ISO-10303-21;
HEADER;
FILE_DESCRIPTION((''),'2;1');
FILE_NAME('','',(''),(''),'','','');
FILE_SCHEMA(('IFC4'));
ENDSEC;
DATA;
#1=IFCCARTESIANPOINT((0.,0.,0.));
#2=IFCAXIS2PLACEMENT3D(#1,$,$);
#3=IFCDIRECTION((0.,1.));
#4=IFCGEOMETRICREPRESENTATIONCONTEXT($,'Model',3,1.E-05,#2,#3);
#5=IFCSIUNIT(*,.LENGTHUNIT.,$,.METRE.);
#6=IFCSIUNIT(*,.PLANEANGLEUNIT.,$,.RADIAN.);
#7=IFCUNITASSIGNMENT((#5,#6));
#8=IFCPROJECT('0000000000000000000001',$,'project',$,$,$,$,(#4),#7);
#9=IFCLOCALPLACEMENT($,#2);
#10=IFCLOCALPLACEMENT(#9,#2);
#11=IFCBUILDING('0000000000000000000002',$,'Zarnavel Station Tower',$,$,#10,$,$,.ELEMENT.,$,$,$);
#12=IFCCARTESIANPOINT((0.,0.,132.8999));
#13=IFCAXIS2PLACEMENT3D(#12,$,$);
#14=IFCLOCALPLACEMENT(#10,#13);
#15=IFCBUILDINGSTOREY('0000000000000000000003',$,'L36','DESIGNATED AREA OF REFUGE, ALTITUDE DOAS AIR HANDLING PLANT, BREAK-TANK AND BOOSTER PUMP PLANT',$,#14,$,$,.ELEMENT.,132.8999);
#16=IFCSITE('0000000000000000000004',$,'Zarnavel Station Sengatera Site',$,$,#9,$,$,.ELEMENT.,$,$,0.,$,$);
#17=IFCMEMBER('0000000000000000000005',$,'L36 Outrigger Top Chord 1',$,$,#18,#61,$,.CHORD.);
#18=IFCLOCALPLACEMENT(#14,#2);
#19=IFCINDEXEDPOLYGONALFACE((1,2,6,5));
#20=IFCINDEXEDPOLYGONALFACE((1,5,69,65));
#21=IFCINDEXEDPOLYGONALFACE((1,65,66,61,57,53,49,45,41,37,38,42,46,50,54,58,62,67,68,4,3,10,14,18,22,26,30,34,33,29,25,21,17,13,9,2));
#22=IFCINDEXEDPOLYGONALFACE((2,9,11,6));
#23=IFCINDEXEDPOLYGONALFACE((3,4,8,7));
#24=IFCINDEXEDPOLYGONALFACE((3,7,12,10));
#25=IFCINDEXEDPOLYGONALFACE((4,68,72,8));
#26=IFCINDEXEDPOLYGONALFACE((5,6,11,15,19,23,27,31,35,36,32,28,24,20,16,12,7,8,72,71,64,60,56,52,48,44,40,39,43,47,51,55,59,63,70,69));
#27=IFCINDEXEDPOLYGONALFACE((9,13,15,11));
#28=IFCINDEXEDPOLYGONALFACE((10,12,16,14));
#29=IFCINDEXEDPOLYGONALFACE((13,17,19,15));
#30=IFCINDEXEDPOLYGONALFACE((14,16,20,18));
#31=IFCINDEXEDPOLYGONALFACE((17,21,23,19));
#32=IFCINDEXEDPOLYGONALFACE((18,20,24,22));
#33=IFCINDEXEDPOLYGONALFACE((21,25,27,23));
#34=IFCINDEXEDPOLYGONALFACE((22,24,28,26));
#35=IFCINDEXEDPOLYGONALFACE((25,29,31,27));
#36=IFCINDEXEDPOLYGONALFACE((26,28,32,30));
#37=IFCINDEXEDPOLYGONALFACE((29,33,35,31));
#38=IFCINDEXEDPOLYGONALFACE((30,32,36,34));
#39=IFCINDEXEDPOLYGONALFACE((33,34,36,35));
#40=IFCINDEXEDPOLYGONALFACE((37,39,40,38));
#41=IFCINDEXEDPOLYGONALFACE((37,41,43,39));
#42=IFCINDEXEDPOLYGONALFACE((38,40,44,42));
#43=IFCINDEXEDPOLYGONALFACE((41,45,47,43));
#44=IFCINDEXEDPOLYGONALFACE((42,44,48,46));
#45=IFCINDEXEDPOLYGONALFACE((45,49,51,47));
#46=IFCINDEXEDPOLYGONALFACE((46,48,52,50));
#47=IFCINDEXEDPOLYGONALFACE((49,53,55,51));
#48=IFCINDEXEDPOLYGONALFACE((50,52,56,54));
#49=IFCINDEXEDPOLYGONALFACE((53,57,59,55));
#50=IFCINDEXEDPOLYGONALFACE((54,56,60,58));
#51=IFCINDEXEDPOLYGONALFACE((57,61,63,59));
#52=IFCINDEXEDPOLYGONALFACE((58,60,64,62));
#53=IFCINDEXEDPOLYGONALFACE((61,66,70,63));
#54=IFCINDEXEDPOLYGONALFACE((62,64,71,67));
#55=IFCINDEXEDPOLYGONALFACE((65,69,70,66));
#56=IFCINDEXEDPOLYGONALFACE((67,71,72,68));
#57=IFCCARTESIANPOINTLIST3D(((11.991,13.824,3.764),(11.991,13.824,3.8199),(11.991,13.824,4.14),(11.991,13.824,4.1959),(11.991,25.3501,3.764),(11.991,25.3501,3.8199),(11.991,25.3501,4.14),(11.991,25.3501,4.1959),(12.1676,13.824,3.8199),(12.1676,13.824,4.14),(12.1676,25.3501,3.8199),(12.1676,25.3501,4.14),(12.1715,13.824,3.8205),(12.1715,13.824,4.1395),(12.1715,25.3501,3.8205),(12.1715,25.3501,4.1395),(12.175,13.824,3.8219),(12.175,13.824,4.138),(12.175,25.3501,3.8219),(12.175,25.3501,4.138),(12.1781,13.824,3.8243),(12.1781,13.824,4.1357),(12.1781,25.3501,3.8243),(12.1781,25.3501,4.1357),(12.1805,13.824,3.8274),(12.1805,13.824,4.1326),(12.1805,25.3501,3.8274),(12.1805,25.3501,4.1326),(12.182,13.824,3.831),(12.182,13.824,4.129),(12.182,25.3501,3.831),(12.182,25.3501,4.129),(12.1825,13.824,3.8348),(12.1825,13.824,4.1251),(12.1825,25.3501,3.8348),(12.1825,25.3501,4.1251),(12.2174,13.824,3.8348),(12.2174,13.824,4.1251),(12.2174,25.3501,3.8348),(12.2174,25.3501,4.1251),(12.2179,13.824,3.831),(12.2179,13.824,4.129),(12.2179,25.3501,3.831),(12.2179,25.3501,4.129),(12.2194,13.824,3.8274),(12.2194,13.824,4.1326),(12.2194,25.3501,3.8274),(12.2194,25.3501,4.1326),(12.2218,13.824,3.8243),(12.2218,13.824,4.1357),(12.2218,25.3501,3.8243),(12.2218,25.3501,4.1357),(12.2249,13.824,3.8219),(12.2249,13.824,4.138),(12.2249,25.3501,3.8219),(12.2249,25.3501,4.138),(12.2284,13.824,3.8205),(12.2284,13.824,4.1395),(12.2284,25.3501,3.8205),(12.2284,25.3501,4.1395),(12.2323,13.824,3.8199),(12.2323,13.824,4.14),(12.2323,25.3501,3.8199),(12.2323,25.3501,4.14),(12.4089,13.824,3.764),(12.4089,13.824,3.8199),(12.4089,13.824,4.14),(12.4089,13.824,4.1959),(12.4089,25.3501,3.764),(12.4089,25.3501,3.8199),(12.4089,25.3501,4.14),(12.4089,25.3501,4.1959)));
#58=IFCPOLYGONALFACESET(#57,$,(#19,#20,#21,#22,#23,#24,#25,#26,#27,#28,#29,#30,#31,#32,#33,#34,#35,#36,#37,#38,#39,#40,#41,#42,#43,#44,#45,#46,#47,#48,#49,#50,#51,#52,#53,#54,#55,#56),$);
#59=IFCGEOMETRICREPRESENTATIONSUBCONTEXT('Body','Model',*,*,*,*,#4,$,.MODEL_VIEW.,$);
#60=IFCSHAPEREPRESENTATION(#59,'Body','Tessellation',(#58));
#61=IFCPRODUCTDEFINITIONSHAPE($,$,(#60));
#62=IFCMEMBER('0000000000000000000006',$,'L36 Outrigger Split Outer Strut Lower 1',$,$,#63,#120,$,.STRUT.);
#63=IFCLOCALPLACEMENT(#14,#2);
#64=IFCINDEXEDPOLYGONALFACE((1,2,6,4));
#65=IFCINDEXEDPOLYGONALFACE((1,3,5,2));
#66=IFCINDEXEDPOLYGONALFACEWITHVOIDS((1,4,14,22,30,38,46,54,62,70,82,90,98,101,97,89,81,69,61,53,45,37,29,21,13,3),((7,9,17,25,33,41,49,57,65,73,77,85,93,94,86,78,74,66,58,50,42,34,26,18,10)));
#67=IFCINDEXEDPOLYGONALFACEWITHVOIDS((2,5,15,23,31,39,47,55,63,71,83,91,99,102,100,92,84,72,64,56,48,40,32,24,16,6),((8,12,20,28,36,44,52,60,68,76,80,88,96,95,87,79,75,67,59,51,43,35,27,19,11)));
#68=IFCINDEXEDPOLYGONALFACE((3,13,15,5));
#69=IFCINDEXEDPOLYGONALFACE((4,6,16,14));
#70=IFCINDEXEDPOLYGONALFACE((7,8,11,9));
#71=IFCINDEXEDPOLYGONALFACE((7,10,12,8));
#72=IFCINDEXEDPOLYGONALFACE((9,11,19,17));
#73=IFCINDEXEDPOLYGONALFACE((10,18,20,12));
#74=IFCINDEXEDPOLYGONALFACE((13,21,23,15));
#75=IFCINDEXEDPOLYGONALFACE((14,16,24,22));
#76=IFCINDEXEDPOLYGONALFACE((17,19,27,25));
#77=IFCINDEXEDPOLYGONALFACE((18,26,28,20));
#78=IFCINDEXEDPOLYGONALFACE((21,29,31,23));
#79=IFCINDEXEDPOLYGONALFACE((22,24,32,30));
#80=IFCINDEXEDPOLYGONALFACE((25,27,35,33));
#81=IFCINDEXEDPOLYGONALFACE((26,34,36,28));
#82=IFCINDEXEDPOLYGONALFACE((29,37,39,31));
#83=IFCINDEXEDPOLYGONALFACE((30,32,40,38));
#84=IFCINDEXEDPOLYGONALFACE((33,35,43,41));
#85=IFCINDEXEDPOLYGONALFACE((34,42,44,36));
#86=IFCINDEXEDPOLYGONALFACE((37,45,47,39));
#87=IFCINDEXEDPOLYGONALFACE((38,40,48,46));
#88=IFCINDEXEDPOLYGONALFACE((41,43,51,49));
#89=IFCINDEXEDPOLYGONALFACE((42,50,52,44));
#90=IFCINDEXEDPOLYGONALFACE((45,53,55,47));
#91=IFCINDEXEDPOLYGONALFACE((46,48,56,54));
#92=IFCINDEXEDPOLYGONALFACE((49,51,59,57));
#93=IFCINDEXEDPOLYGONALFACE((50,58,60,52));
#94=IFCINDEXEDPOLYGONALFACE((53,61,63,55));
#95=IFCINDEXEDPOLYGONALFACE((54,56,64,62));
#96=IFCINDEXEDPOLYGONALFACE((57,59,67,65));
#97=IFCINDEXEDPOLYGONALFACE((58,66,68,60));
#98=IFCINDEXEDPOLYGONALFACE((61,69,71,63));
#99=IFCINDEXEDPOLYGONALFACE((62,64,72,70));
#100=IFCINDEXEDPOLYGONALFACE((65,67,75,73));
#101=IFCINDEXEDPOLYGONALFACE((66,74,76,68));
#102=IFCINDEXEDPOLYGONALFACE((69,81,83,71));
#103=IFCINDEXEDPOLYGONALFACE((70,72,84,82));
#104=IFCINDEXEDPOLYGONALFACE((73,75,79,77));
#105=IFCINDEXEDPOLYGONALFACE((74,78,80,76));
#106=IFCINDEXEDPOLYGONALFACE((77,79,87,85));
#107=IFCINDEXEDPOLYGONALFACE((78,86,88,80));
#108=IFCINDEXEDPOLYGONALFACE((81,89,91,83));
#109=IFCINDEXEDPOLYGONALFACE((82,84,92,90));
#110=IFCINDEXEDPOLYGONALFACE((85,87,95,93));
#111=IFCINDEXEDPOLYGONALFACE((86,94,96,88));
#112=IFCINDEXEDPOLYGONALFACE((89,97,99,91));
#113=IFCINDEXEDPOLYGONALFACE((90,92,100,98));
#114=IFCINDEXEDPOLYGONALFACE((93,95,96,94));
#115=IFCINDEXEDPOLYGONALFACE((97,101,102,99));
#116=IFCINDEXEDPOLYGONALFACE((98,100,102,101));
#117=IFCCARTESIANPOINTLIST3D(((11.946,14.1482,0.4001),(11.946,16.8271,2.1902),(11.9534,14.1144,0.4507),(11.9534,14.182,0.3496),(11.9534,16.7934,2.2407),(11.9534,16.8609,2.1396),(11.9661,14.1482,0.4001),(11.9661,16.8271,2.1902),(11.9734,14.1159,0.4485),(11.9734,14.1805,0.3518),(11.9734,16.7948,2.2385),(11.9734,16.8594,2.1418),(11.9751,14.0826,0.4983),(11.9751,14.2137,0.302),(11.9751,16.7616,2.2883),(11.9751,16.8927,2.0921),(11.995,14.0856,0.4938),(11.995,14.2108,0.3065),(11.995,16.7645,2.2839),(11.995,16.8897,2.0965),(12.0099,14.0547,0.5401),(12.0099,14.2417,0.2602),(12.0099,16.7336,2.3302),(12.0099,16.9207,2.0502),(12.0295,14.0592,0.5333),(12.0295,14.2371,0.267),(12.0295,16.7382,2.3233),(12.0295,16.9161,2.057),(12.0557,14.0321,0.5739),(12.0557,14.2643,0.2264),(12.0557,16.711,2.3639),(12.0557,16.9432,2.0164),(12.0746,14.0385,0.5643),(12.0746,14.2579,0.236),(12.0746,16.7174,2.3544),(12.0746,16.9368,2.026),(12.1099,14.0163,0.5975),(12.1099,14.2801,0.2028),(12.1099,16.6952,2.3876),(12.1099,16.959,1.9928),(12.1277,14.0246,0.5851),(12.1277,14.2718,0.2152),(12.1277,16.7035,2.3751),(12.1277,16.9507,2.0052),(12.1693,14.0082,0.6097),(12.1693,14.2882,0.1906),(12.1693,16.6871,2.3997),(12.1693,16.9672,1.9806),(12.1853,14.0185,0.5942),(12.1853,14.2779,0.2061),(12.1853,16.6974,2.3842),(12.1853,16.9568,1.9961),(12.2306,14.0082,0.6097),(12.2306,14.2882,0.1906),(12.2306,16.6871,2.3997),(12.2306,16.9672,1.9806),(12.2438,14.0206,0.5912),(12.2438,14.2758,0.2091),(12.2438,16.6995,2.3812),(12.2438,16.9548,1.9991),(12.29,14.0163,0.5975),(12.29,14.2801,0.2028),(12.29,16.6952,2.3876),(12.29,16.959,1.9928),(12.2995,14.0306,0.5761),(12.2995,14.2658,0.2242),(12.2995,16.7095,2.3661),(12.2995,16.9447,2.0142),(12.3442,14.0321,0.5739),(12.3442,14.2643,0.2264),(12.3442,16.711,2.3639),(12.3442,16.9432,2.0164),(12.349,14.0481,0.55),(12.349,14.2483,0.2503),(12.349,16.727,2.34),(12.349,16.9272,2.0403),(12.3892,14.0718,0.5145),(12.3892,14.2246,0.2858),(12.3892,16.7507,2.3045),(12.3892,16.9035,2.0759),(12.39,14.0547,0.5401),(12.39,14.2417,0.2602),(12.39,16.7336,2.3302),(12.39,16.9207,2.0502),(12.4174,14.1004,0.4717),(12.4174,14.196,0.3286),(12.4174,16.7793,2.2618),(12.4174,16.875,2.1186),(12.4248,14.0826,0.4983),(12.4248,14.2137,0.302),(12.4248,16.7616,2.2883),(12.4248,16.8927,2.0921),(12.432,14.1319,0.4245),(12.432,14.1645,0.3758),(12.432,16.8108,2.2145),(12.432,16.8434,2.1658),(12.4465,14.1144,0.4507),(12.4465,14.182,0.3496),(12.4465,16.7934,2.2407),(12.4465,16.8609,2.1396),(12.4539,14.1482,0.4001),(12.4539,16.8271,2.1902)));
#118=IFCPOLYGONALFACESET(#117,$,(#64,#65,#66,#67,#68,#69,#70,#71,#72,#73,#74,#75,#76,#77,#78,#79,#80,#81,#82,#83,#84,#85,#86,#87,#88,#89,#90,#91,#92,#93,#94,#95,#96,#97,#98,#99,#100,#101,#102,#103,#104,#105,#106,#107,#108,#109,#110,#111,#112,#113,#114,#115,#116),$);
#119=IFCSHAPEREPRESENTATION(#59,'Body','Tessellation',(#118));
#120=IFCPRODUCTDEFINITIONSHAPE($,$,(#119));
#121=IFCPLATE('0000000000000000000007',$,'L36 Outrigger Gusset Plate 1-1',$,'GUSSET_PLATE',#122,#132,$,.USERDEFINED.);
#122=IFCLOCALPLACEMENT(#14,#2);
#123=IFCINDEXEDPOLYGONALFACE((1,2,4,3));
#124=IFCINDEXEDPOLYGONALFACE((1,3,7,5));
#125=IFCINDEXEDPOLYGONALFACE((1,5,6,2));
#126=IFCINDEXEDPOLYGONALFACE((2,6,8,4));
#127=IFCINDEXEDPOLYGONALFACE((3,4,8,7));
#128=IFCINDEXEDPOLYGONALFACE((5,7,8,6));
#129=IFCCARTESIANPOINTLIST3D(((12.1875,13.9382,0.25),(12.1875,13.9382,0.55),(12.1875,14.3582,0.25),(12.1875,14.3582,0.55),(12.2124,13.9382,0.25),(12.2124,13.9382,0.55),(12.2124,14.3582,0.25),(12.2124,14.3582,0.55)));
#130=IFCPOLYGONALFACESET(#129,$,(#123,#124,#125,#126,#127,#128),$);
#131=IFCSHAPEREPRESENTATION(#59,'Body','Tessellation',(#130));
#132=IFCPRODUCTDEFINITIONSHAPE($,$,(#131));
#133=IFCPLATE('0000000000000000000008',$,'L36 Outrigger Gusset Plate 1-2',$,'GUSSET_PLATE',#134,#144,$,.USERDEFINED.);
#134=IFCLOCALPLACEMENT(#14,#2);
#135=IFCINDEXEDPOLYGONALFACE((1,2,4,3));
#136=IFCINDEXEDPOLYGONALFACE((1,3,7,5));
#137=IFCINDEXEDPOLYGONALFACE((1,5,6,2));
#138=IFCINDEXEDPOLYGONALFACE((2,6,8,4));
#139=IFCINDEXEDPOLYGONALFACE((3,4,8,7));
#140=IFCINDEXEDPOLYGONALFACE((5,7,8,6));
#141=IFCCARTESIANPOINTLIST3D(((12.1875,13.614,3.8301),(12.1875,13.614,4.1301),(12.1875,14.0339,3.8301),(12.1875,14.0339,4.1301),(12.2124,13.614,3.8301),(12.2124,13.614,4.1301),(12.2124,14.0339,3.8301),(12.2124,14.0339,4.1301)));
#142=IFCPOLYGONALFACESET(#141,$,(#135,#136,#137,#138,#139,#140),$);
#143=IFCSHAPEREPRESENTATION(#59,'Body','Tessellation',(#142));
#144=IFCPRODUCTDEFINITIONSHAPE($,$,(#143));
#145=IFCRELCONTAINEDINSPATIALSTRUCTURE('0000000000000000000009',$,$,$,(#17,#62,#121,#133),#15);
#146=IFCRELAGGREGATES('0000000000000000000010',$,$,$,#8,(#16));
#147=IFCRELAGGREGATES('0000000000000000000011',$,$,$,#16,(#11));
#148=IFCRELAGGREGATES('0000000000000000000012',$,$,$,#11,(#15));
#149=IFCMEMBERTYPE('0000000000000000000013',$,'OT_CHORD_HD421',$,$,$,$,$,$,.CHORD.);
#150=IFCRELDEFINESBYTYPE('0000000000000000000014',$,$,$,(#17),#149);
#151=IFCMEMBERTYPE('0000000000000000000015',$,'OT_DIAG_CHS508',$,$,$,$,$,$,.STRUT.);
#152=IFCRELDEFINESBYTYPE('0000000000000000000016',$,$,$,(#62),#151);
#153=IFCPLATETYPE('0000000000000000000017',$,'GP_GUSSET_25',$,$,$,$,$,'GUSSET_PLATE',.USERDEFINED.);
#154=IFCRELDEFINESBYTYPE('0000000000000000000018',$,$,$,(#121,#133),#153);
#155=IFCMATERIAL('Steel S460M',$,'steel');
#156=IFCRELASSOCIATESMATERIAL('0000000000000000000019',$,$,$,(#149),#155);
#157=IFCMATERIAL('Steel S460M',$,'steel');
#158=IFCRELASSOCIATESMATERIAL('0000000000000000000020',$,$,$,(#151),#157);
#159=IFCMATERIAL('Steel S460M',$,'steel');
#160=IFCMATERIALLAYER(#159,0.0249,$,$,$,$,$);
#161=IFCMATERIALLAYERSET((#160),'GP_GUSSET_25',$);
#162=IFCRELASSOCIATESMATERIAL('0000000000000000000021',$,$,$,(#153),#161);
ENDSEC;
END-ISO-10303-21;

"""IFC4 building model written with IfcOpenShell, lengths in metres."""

from ifc_helpers import new_model, si_unit, direction, frame, origin, origin_2d, place, context, subcontext, project, spatial, rectangle, hollow_circle, i_section, extrude, material, layer, layer_set, material_profile, profile_set, type_object, element, save


model = new_model("IFC4")

# Units and contexts
model_context = context("Model", 3, precision=1e-05, world=origin(), true_north=direction((0.0, 1.0)))
body_context = subcontext(model_context, "Body", "Model", "MODEL_VIEW")
ifc_project = project(units=[si_unit("LENGTHUNIT", "METRE"), si_unit("PLANEANGLEUNIT", "RADIAN")], contexts=[model_context])

# Site, building, storey
site_placement = place(None, origin())
site = spatial("IfcSite", under=ifc_project, at=site_placement, Name="Zarnavel Station Sengatera Site", CompositionType="ELEMENT", RefElevation=0.0)
building_placement = place(site_placement, origin())
building = spatial("IfcBuilding", under=site, at=building_placement, Name="Zarnavel Station Tower", CompositionType="ELEMENT")
storey_placement = place(building_placement, frame((0.0, 0.0, 132.8999)))
storey = spatial("IfcBuildingStorey", under=building, at=storey_placement, Name="L36", Description="DESIGNATED AREA OF REFUGE, ALTITUDE DOAS AIR HANDLING PLANT, BREAK-TANK AND BOOSTER PUMP PLANT", CompositionType="ELEMENT", Elevation=132.8999)

# Members
ifc_material_1 = material(Name="Steel S460M", Category="steel")
ifc_material_profile_1 = material_profile(ifc_material_1, i_section(OverallWidth=0.418, OverallDepth=0.4319, WebThickness=0.0349, FlangeThickness=0.0559, FilletRadius=0.0149, at=origin_2d()), Name="HD400x421")
ifc_profile_set_1 = profile_set([ifc_material_profile_1], Name="Steel S460M")
member_type_1 = type_object("IfcMemberType", Name="OT_CHORD_HD421", PredefinedType="CHORD", material=ifc_profile_set_1)
member_1_placement = place(storey_placement, frame((12.2, 13.824, 3.98), z_axis=(0.0, 1.0, 0.0), x_axis=(-1.0, 0.0, 0.0)))
element("IfcMember", 1, at=member_1_placement, inside=storey, type_object=member_type_1, Name="L36 Outrigger Top Chord 1", PredefinedType="CHORD", context=body_context, shape_type="SweptSolid", body=[
    extrude(i_section(OverallWidth=0.418, OverallDepth=0.4319, WebThickness=0.0349, FlangeThickness=0.0559, FilletRadius=0.0149, at=origin_2d()), origin(), (0.0, 0.0, 1.0), 11.5261),
])
ifc_material_2 = material(Name="Steel S460M", Category="steel")
ifc_material_profile_2 = material_profile(ifc_material_2, hollow_circle(Radius=0.2539, WallThickness=0.02, at=origin_2d()), Name="CHS508x20")
ifc_profile_set_2 = profile_set([ifc_material_profile_2], Name="Steel S460M")
member_type_2 = type_object("IfcMemberType", Name="OT_DIAG_CHS508", PredefinedType="STRUT", material=ifc_profile_set_2)
member_2_placement = place(storey_placement, frame((12.2, 14.1482, 0.4001), z_axis=(0.0, 0.831467, 0.555574), x_axis=(-1.0, 0.0, 0.0)))
element("IfcMember", 2, at=member_2_placement, inside=storey, type_object=member_type_2, Name="L36 Outrigger Split Outer Strut Lower 1", PredefinedType="STRUT", context=body_context, shape_type="SweptSolid", body=[
    extrude(hollow_circle(Radius=0.2539, WallThickness=0.02, at=origin_2d()), origin(), (0.0, 0.0, 1.0), 3.2219),
])

# Plates
ifc_material_3 = material(Name="Steel S460M", Category="steel")
ifc_layer_1 = layer(ifc_material_3, 0.0249)
ifc_layer_set_1 = layer_set([ifc_layer_1], Name="GP_GUSSET_25")
plate_type = type_object("IfcPlateType", Name="GP_GUSSET_25", ElementType="GUSSET_PLATE", PredefinedType="USERDEFINED", material=ifc_layer_set_1)
for number, where, z_axis, x_axis, name in (
    (3, (12.2, 14.1482, 0.25), (0.0, 0.0, 1.0), (1.0, 0.0, 0.0), "L36 Outrigger Gusset Plate 1-1"),
    (4, (12.2, 13.824, 3.8301), (0.0, 0.0, 1.0), (1.0, 0.0, 0.0), "L36 Outrigger Gusset Plate 1-2"),
):
    element("IfcPlate", number, at=place(storey_placement, frame(where, z_axis=z_axis, x_axis=x_axis)), inside=storey, type_object=plate_type, Name=name, ObjectType="GUSSET_PLATE", PredefinedType="USERDEFINED", context=body_context, shape_type="SweptSolid", body=[
        extrude(rectangle(XDim=0.0249, YDim=0.4199, at=origin_2d()), origin(), (0.0, 0.0, 1.0), 0.3),
    ])

save(model, "model.ifc")
